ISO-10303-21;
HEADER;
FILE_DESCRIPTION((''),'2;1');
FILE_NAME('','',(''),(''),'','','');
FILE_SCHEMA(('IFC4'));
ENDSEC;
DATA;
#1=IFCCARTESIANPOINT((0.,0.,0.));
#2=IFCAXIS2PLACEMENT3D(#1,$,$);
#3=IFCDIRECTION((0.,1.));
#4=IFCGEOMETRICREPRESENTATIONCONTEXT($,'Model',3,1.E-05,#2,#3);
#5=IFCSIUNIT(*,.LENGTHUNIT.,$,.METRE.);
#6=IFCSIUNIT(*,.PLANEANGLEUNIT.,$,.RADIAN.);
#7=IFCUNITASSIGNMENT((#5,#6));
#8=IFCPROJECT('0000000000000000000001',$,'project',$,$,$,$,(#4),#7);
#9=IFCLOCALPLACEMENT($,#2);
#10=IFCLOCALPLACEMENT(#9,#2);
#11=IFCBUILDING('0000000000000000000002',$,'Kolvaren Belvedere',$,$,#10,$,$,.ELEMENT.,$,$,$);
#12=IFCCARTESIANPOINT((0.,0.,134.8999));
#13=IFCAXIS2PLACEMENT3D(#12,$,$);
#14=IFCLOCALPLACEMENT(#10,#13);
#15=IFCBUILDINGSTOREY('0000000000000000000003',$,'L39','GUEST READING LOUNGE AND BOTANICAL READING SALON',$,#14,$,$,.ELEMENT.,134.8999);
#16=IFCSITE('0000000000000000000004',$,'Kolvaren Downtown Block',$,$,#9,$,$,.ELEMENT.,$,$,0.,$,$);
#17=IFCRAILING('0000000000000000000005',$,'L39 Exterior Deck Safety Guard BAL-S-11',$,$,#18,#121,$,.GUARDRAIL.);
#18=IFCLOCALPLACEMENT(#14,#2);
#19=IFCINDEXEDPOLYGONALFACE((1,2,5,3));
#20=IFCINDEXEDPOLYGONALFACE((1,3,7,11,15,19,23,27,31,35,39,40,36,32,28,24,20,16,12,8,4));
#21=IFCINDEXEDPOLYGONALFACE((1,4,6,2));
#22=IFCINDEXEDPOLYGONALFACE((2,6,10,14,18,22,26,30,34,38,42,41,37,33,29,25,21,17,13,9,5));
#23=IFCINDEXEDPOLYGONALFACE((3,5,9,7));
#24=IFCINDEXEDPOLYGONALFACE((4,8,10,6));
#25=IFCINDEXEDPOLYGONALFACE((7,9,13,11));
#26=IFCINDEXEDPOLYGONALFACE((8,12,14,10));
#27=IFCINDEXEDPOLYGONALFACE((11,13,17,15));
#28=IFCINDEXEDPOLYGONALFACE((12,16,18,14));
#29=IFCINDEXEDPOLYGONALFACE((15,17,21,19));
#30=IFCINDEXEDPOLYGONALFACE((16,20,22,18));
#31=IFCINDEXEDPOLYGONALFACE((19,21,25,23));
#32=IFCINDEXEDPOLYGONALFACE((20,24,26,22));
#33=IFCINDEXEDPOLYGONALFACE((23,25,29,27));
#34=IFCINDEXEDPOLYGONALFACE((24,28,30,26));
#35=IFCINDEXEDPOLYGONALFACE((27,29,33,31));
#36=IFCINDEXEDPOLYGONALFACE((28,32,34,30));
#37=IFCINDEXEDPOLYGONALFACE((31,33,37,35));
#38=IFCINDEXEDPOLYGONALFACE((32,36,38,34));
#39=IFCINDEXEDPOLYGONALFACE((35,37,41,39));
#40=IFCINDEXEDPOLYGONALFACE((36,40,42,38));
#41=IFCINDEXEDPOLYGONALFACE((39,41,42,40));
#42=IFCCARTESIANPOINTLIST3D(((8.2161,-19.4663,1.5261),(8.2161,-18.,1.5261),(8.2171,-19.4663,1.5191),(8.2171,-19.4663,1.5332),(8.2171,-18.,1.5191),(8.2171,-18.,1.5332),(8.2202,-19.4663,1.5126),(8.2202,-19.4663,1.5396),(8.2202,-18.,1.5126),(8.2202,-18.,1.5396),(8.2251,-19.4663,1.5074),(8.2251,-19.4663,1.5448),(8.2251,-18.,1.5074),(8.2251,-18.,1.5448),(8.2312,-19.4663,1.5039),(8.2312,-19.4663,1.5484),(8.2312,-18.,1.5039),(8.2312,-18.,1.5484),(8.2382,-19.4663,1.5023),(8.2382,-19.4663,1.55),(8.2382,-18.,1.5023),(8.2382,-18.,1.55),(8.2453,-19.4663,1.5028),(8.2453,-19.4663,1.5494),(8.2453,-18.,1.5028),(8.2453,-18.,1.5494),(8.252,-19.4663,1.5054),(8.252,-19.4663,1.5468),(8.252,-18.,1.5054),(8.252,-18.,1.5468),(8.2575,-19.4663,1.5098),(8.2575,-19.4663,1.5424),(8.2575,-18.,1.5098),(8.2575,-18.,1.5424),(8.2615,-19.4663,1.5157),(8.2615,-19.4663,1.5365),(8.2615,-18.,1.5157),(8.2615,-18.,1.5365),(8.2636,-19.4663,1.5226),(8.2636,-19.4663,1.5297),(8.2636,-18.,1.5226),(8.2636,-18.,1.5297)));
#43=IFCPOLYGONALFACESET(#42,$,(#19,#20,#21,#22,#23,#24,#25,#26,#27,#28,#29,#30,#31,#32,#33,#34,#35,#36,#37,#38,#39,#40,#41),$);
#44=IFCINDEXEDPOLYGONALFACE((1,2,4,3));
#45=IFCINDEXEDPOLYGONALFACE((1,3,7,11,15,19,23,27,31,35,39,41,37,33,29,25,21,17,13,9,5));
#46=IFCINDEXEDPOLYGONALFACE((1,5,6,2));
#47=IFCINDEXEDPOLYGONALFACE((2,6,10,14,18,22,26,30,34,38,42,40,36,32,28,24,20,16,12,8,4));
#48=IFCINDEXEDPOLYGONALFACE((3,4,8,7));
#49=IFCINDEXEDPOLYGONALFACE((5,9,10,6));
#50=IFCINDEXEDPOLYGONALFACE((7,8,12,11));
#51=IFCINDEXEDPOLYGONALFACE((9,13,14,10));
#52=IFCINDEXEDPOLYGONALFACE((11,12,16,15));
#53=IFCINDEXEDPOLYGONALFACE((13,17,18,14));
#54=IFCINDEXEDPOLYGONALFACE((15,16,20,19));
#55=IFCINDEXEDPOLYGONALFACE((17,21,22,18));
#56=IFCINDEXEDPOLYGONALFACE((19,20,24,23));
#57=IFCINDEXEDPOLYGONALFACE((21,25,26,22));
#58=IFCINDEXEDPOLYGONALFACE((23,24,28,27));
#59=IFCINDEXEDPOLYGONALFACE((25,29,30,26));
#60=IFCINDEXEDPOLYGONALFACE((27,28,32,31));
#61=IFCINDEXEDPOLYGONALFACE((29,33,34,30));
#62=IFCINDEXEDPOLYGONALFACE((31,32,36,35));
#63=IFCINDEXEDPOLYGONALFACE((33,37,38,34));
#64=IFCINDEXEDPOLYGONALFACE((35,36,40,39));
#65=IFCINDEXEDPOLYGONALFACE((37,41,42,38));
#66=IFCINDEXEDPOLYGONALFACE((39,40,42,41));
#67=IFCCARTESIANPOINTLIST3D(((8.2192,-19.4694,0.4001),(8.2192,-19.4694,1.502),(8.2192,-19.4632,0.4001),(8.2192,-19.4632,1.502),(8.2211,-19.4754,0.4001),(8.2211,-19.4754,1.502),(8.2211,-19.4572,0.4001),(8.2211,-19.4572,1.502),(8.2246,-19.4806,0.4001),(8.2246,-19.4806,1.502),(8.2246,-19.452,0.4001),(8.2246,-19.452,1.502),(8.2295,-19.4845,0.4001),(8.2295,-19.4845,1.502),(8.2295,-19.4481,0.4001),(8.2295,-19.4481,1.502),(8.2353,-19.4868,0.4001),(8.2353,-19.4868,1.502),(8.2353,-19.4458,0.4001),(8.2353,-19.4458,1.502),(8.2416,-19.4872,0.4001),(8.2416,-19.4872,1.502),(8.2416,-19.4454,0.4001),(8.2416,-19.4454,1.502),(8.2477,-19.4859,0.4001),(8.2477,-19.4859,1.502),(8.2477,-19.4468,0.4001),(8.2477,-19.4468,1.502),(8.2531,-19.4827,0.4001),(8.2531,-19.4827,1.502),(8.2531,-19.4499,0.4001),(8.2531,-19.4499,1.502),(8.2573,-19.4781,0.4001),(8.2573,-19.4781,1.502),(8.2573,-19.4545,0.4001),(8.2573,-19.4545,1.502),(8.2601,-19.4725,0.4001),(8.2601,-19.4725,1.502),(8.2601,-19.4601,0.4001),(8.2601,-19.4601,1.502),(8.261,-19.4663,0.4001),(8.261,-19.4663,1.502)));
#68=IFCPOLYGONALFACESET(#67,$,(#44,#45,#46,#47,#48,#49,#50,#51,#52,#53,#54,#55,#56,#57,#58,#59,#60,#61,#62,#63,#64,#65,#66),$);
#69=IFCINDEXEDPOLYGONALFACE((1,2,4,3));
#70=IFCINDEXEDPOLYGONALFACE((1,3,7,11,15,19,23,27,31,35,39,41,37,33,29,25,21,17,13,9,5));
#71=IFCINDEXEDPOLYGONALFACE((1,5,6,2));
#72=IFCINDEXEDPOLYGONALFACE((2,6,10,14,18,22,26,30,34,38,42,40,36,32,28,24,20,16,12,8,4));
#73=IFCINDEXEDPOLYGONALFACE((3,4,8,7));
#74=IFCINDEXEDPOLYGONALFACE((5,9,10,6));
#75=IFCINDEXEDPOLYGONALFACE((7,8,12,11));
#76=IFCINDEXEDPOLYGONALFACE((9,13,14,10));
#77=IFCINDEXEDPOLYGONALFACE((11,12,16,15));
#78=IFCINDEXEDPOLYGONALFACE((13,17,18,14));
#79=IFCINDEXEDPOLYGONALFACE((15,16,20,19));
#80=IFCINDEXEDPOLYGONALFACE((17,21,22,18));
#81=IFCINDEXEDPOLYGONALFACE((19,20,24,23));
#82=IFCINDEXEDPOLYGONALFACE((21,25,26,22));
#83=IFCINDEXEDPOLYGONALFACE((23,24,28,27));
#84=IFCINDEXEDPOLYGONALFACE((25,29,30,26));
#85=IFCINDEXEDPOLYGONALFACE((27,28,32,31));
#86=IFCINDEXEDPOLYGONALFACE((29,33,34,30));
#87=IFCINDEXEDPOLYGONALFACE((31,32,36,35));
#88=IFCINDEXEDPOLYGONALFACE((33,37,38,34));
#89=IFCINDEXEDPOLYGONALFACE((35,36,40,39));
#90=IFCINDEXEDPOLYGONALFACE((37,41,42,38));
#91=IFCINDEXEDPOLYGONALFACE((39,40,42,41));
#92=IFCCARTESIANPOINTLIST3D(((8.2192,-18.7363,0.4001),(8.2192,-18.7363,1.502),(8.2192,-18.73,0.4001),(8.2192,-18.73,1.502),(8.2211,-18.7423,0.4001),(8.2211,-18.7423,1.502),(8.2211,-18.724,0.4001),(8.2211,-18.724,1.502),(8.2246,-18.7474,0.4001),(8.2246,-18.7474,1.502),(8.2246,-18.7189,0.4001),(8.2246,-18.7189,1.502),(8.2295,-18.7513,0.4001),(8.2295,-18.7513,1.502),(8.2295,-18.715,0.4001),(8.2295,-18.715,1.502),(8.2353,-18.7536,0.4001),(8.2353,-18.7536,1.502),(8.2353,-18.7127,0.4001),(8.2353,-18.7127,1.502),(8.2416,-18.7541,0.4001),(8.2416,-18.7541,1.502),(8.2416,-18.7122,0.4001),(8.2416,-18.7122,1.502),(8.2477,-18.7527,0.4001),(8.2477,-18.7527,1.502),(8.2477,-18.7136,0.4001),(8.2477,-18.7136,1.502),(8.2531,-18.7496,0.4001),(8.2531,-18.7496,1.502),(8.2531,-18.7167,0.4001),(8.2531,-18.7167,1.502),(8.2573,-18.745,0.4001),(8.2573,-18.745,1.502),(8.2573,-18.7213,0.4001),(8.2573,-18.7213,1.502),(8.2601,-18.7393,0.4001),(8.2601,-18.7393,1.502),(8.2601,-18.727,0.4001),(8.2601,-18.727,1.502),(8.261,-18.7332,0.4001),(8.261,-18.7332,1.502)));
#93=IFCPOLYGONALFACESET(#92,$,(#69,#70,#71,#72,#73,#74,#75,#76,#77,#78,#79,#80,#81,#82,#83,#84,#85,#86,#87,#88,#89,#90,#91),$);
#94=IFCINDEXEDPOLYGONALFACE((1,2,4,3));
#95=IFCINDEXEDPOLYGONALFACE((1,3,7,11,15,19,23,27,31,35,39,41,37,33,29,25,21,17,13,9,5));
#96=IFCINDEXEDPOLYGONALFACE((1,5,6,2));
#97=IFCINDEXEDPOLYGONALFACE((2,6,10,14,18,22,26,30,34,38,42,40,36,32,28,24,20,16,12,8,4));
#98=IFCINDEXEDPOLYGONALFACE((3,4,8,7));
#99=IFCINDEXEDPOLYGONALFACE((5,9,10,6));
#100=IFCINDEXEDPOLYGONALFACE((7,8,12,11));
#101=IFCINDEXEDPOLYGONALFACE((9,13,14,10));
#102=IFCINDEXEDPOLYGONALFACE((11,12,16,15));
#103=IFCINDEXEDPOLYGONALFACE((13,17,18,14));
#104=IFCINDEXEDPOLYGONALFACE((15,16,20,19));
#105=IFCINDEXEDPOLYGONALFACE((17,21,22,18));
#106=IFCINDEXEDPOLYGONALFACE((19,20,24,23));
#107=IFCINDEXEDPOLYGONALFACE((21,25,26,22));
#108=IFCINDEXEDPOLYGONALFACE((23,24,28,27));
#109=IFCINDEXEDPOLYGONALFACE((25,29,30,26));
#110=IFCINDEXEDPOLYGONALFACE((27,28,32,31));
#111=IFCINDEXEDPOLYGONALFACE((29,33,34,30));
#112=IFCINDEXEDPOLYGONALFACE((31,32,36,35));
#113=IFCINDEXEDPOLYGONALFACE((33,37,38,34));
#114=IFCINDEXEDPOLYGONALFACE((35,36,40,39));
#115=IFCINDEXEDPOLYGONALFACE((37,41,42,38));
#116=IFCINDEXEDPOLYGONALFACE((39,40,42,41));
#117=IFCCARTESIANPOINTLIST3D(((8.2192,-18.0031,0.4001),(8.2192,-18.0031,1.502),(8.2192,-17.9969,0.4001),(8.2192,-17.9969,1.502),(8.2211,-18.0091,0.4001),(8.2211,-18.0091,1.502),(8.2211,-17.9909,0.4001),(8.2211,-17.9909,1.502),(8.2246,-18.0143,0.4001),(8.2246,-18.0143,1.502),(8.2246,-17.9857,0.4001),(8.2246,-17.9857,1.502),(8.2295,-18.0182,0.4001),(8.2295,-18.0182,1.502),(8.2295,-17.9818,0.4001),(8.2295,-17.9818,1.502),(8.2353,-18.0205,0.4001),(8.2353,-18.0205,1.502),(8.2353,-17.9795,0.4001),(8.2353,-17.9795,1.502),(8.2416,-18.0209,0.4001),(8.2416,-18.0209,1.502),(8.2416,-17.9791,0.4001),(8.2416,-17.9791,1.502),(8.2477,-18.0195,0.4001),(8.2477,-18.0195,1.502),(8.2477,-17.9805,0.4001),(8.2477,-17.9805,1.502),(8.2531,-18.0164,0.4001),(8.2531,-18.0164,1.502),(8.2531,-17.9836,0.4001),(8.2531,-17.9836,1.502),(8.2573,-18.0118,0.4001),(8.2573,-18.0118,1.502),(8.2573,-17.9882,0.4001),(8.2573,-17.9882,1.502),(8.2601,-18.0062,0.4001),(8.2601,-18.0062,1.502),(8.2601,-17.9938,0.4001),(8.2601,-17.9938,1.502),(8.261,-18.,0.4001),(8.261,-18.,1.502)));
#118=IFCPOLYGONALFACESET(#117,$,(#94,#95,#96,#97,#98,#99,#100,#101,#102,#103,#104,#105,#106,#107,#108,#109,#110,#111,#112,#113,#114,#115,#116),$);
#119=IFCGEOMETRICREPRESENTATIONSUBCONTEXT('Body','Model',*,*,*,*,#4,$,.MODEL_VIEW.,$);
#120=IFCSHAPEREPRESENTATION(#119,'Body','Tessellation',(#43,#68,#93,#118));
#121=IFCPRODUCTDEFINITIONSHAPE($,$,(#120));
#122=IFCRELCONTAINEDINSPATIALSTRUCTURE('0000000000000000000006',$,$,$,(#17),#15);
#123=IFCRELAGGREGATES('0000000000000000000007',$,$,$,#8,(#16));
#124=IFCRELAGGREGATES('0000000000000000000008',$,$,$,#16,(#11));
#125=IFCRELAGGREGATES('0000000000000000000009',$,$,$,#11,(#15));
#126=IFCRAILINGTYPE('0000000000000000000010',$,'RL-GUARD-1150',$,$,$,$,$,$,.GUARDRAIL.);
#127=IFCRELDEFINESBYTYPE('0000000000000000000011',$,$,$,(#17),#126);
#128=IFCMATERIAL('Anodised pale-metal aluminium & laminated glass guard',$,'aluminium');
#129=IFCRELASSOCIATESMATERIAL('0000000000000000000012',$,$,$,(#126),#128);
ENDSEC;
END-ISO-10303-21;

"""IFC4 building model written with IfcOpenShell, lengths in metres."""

from ifc_helpers import new_model, si_unit, direction, frame, origin, origin_2d, place, context, subcontext, project, spatial, circle, extrude, material, type_object, element, save


model = new_model("IFC4")

# Units and contexts
model_context = context("Model", 3, precision=1e-05, world=origin(), true_north=direction((0.0, 1.0)))
body_context = subcontext(model_context, "Body", "Model", "MODEL_VIEW")
ifc_project = project(units=[si_unit("LENGTHUNIT", "METRE"), si_unit("PLANEANGLEUNIT", "RADIAN")], contexts=[model_context])

# Site, building, storey
site_placement = place(None, origin())
site = spatial("IfcSite", under=ifc_project, at=site_placement, Name="Kolvaren Downtown Block", CompositionType="ELEMENT", RefElevation=0.0)
building_placement = place(site_placement, origin())
building = spatial("IfcBuilding", under=site, at=building_placement, Name="Kolvaren Belvedere", CompositionType="ELEMENT")
storey_placement = place(building_placement, frame((0.0, 0.0, 134.8999)))
storey = spatial("IfcBuildingStorey", under=building, at=storey_placement, Name="L39", Description="GUEST READING LOUNGE AND BOTANICAL READING SALON", CompositionType="ELEMENT", Elevation=134.8999)

# Railing
ifc_material_1 = material(Name="Anodised pale-metal aluminium & laminated glass guard", Category="aluminium")
railing_type = type_object("IfcRailingType", Name="RL-GUARD-1150", PredefinedType="GUARDRAIL", material=ifc_material_1)
railing_1_placement = place(storey_placement, frame((8.24, -19.4663, 0.4001)))
element("IfcRailing", 1, at=railing_1_placement, inside=storey, type_object=railing_type, Name="L39 Exterior Deck Safety Guard BAL-S-11", PredefinedType="GUARDRAIL", context=body_context, shape_type="SweptSolid", body=[
    extrude(circle(Radius=0.0239, at=origin_2d()), frame((0.0, 0.0, 1.126), z_axis=(0.0, 1.0, 0.0), x_axis=(-1.0, 0.0, 0.0)), (0.0, 0.0, 1.0), 1.4663),
    extrude(circle(Radius=0.021, at=origin_2d()), origin(), (0.0, 0.0, 1.0), 1.1018),
    extrude(circle(Radius=0.021, at=origin_2d()), frame((0.0, 0.7332, 0.0)), (0.0, 0.0, 1.0), 1.1018),
    extrude(circle(Radius=0.021, at=origin_2d()), frame((0.0, 1.4663, 0.0)), (0.0, 0.0, 1.0), 1.1018),
])

save(model, "model.ifc")
